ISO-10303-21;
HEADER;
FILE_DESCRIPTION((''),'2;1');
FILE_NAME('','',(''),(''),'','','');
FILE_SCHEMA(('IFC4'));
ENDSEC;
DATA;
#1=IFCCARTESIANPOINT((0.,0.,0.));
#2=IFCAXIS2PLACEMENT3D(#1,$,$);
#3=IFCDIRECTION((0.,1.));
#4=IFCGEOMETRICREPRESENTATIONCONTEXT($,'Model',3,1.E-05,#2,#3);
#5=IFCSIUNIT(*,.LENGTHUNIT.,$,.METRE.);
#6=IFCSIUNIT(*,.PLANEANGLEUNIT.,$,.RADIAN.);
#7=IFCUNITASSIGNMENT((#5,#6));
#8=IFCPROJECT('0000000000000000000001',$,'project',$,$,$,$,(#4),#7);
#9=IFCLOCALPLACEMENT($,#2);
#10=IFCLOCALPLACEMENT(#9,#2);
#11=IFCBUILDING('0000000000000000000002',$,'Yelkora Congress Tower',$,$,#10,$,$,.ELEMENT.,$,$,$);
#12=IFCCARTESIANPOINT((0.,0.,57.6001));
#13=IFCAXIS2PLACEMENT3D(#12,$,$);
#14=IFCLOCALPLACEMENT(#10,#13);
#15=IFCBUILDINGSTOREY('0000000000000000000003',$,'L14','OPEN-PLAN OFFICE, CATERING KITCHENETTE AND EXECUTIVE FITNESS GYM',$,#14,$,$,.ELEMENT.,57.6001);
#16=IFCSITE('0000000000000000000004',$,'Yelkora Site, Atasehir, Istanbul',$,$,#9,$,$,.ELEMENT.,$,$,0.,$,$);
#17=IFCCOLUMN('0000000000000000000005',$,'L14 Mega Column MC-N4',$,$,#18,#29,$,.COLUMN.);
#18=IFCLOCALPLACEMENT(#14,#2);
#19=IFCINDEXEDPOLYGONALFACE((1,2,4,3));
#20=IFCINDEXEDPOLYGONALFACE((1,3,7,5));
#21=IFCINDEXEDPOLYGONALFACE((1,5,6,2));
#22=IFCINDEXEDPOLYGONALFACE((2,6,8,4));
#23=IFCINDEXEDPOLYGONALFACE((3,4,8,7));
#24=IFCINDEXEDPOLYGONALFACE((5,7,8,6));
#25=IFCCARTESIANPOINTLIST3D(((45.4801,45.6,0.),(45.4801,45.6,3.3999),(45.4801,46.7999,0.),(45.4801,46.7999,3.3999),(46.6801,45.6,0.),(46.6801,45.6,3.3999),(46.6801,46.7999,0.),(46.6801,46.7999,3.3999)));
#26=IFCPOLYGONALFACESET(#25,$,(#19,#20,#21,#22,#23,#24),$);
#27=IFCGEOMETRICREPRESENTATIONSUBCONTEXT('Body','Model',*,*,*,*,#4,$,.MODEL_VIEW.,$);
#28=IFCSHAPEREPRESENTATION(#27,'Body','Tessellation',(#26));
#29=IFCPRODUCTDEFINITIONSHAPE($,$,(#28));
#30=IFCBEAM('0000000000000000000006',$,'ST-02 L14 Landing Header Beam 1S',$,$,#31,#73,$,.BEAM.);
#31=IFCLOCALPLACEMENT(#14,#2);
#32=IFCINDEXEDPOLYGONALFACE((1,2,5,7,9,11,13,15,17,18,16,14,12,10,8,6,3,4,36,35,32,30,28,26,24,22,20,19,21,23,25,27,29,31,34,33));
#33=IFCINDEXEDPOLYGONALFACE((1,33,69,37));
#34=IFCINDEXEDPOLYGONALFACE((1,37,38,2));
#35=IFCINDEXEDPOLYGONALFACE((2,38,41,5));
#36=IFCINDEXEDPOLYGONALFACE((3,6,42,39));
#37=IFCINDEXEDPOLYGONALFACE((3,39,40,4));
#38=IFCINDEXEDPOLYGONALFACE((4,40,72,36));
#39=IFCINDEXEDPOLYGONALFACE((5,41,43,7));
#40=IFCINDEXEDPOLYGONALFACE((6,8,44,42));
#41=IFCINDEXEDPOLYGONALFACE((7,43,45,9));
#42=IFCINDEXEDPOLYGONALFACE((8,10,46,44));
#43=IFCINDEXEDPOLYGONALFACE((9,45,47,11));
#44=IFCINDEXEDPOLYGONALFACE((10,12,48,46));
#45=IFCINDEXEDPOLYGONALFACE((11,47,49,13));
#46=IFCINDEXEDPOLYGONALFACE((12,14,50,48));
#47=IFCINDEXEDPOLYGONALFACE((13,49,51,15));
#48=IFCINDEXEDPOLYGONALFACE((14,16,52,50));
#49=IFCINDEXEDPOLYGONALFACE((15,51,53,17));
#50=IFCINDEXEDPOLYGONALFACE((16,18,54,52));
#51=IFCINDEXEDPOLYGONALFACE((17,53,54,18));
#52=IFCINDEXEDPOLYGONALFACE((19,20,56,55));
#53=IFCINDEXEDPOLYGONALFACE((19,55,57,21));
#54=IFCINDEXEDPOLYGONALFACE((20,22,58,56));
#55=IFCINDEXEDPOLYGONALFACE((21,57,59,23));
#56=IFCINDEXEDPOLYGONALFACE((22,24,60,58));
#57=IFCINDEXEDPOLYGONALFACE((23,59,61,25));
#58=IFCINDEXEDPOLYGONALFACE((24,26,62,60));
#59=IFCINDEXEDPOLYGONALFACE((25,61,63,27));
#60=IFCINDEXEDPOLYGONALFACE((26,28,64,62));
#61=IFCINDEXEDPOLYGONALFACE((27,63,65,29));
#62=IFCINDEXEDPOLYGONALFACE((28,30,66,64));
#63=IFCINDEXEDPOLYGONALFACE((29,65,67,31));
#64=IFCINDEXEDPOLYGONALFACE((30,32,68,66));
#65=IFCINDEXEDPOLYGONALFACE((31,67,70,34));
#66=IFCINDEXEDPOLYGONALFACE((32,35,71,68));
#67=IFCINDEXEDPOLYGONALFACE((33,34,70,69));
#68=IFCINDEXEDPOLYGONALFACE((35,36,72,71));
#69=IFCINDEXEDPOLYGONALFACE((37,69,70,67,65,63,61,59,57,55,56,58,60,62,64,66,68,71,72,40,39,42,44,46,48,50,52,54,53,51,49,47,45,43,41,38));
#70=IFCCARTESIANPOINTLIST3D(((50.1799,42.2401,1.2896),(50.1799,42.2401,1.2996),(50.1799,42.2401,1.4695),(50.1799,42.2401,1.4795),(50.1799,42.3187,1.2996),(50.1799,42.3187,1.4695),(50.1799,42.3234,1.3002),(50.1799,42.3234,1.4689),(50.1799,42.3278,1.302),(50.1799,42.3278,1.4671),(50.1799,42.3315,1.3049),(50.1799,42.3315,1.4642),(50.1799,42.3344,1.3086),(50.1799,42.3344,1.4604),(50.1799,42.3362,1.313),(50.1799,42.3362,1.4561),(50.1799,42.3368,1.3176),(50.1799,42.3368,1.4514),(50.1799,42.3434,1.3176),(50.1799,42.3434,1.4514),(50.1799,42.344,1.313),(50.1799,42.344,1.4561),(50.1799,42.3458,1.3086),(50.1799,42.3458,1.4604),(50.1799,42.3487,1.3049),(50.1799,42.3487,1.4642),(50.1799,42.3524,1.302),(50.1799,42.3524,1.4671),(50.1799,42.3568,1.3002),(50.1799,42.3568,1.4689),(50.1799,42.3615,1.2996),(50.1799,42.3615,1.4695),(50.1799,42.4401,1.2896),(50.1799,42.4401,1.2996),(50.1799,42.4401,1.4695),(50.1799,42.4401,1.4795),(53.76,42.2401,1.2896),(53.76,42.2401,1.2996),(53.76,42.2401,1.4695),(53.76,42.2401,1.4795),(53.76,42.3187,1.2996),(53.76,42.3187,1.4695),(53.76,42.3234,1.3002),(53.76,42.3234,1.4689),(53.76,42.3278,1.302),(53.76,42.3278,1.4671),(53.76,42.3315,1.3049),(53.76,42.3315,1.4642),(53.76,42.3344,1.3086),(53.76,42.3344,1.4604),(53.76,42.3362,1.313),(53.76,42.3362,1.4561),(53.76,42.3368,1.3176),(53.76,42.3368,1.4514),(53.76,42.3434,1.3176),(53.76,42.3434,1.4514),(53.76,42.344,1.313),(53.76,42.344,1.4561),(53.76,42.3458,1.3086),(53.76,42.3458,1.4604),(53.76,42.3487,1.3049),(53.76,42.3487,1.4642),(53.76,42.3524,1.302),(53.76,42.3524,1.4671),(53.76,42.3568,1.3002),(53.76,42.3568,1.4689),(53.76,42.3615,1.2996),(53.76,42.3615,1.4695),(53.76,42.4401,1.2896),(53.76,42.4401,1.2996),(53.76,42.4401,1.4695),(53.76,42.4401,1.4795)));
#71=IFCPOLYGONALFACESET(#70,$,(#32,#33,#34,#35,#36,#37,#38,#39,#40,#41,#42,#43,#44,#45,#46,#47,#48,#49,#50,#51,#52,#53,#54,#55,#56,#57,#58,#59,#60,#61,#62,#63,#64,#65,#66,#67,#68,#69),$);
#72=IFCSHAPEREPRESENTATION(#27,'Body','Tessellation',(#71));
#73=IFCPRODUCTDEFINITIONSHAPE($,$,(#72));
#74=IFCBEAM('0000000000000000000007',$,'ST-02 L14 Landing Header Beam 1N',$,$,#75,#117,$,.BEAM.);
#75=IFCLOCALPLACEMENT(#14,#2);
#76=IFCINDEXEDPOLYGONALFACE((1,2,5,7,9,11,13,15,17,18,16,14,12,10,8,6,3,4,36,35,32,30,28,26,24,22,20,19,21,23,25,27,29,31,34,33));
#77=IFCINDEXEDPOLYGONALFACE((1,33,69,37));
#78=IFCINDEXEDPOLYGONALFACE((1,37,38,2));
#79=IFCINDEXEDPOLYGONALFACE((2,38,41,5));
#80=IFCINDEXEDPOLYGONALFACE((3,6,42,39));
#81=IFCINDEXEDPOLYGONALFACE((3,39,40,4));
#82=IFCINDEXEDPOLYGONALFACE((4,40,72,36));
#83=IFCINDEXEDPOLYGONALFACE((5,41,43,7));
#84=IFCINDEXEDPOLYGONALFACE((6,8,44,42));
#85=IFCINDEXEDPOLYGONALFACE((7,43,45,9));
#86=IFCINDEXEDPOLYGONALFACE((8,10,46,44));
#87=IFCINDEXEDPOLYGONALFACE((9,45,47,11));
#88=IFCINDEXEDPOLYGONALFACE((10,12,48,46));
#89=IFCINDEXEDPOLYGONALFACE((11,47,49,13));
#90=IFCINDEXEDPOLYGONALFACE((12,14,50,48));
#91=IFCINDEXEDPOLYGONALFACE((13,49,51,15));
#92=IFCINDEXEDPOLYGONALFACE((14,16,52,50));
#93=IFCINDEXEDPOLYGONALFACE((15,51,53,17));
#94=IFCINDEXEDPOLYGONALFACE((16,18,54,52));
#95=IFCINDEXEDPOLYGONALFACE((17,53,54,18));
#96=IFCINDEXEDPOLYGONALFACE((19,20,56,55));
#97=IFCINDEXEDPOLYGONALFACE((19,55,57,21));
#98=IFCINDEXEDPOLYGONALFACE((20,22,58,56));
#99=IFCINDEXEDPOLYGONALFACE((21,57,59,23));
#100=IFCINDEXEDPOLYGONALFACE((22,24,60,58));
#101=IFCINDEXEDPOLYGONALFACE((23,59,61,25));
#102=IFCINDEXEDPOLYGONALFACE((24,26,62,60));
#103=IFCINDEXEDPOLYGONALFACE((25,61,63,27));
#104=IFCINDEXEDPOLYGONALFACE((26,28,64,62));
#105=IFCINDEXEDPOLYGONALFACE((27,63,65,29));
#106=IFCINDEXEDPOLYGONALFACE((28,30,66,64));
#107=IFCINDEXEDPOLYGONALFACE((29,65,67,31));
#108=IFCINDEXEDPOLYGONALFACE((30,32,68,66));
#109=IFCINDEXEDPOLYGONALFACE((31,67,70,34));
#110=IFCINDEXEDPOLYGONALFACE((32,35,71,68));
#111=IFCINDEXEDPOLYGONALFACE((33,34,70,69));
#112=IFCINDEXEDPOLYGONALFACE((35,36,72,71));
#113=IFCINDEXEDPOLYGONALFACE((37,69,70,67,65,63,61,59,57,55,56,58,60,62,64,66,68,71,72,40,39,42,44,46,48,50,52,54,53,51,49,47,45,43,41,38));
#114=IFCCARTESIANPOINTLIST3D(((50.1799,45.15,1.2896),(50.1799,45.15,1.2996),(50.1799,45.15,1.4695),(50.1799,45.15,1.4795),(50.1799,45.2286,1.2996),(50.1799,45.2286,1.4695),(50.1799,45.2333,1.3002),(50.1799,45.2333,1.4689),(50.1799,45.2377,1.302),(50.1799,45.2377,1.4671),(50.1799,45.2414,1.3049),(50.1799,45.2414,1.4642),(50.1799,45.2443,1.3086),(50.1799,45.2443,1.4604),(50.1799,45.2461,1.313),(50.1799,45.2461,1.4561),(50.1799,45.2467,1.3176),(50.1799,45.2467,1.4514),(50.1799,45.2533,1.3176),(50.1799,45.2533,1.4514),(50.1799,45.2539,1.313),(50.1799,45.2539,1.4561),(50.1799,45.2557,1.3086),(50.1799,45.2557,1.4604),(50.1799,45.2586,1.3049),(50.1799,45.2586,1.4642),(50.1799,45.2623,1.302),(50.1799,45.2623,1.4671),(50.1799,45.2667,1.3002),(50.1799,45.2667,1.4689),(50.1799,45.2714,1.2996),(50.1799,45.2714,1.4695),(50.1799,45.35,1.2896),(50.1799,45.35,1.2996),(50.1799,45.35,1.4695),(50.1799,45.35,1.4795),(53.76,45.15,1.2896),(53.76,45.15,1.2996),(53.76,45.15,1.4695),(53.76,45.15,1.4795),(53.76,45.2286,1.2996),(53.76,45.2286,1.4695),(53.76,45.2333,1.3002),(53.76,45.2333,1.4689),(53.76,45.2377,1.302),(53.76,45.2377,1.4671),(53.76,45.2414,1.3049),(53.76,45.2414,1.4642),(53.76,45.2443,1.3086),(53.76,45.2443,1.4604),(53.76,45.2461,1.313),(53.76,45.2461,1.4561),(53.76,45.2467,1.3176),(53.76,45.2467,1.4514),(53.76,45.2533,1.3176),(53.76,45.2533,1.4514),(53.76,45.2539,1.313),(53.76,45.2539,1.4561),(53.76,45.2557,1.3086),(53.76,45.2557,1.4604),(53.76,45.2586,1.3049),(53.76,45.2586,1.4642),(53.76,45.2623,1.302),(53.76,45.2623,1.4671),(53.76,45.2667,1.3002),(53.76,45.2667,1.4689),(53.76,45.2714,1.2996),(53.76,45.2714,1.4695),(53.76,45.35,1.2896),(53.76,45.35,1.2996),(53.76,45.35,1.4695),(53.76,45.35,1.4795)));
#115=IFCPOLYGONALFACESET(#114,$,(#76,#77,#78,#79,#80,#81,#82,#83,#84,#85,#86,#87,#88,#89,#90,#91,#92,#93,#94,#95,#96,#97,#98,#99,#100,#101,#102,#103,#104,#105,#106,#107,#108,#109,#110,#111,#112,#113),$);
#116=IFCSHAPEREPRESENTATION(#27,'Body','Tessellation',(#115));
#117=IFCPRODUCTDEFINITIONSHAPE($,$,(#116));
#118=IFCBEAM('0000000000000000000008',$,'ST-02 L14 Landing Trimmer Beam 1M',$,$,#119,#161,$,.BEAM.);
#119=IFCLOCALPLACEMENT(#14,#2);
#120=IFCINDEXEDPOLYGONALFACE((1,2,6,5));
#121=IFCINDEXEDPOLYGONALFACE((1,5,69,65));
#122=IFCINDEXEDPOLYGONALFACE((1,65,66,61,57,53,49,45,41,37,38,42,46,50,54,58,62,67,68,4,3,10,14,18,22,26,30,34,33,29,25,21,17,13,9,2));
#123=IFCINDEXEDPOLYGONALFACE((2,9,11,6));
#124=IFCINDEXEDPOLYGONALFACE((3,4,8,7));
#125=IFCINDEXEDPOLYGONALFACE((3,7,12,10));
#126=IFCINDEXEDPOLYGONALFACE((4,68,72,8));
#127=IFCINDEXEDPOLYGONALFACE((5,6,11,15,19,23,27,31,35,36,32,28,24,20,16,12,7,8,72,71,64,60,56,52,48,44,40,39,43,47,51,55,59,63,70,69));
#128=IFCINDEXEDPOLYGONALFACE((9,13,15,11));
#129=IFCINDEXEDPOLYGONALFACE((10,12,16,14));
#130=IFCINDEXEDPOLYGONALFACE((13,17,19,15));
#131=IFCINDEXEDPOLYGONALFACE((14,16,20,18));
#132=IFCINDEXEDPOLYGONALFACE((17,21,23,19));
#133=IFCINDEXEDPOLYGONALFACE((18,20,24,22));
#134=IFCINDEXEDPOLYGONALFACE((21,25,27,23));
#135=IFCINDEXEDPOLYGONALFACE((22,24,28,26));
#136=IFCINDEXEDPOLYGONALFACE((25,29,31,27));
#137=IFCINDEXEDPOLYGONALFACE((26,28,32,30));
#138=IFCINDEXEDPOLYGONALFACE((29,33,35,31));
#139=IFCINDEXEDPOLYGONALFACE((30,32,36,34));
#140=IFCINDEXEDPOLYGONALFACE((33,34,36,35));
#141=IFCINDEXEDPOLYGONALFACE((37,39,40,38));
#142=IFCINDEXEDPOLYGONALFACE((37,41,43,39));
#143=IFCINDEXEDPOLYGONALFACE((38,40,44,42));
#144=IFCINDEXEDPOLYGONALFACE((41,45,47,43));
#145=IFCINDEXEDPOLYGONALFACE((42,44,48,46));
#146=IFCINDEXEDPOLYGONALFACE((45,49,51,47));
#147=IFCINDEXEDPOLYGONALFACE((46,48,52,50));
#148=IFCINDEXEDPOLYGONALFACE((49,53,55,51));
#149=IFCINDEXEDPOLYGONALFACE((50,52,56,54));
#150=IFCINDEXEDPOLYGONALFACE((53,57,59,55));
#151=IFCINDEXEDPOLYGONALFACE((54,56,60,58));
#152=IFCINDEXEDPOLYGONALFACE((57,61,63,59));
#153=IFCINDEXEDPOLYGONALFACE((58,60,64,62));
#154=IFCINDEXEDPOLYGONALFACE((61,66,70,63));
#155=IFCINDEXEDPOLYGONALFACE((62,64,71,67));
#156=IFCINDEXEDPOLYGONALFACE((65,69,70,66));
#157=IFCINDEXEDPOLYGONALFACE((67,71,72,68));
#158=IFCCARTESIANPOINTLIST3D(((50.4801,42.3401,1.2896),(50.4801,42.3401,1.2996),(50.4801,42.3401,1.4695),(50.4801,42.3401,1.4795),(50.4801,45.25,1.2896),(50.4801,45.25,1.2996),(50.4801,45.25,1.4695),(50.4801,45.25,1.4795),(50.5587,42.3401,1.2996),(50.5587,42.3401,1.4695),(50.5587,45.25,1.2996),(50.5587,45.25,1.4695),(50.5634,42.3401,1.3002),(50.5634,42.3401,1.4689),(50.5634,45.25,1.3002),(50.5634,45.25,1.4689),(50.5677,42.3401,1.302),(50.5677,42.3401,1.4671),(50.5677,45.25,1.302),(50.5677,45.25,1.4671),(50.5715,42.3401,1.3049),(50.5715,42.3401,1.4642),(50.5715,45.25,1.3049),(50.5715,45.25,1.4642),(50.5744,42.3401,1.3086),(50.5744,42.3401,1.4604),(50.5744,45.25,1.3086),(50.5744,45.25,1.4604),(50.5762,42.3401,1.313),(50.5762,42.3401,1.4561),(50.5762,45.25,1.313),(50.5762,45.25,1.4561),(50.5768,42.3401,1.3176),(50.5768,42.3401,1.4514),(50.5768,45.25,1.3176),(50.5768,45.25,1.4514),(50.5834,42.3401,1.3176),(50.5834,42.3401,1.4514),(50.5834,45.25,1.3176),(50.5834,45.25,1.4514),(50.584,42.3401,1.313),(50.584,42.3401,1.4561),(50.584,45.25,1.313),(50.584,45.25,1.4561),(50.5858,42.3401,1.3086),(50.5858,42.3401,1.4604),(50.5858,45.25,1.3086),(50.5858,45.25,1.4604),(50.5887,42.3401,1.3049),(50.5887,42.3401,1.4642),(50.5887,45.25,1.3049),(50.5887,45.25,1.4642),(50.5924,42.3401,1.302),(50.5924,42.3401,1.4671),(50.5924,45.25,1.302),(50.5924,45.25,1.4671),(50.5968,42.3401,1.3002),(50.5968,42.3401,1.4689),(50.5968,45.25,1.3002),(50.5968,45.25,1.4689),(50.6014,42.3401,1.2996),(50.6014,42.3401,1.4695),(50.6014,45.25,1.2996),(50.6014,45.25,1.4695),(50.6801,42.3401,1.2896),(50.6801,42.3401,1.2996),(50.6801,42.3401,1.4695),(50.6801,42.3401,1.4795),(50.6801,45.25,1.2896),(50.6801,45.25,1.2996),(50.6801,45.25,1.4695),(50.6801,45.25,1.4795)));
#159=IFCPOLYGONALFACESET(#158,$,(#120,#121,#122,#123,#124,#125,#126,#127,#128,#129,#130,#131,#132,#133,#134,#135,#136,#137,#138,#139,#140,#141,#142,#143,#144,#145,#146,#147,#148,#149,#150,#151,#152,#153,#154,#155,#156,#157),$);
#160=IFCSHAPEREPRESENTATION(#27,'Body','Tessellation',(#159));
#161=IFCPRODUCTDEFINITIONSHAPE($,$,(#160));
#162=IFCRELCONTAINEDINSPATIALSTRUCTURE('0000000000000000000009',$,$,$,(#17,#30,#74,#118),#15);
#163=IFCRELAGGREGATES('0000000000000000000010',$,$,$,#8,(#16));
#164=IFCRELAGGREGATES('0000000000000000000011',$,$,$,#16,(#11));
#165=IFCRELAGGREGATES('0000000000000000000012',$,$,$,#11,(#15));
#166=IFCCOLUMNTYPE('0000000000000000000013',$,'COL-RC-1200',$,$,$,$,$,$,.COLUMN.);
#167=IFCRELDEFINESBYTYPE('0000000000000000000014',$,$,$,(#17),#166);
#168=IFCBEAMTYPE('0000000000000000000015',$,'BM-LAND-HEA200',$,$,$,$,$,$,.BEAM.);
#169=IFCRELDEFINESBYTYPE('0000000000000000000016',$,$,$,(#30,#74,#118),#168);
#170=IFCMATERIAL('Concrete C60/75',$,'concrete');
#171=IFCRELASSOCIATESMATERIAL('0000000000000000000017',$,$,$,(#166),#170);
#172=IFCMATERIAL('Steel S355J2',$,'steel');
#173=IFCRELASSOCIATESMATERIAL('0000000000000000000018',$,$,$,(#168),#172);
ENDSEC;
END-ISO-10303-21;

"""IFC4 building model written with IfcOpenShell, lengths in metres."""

from ifc_helpers import new_model, si_unit, direction, frame, origin, origin_2d, place, context, subcontext, project, spatial, rectangle, i_section, extrude, material, material_profile, profile_set, type_object, element, save


model = new_model("IFC4")

# Units and contexts
model_context = context("Model", 3, precision=1e-05, world=origin(), true_north=direction((0.0, 1.0)))
body_context = subcontext(model_context, "Body", "Model", "MODEL_VIEW")
ifc_project = project(units=[si_unit("LENGTHUNIT", "METRE"), si_unit("PLANEANGLEUNIT", "RADIAN")], contexts=[model_context])

# Site, building, storey
site_placement = place(None, origin())
site = spatial("IfcSite", under=ifc_project, at=site_placement, Name="Yelkora Site, Atasehir, Istanbul", CompositionType="ELEMENT", RefElevation=0.0)
building_placement = place(site_placement, origin())
building = spatial("IfcBuilding", under=site, at=building_placement, Name="Yelkora Congress Tower", CompositionType="ELEMENT")
storey_placement = place(building_placement, frame((0.0, 0.0, 57.6001)))
storey = spatial("IfcBuildingStorey", under=building, at=storey_placement, Name="L14", Description="OPEN-PLAN OFFICE, CATERING KITCHENETTE AND EXECUTIVE FITNESS GYM", CompositionType="ELEMENT", Elevation=57.6001)

# Column
ifc_material_1 = material(Name="Concrete C60/75", Category="concrete")
ifc_material_profile_1 = material_profile(ifc_material_1, rectangle(XDim=1.2, YDim=1.2, at=origin_2d()), Name="RC 1200x1200")
ifc_profile_set_1 = profile_set([ifc_material_profile_1], Name="Concrete C60/75")
column_type = type_object("IfcColumnType", Name="COL-RC-1200", PredefinedType="COLUMN", material=ifc_profile_set_1)
column_placement = place(storey_placement, frame((46.0801, 46.2, 0.0), z_axis=(0.0, 0.0, 1.0), x_axis=(1.0, 0.0, 0.0)))
element("IfcColumn", 1, at=column_placement, inside=storey, type_object=column_type, Name="L14 Mega Column MC-N4", PredefinedType="COLUMN", context=body_context, shape_type="SweptSolid", body=[
    extrude(rectangle(XDim=1.2, YDim=1.2, at=origin_2d()), origin(), (0.0, 0.0, 1.0), 3.3999),
])

# Beams
ifc_material_2 = material(Name="Steel S355J2", Category="steel")
ifc_material_profile_2 = material_profile(ifc_material_2, i_section(OverallWidth=0.2, OverallDepth=0.1899, WebThickness=0.0066, FlangeThickness=0.01, FilletRadius=0.0181, at=origin_2d()), Name="HEA 200")
ifc_profile_set_2 = profile_set([ifc_material_profile_2], Name="Steel S355J2")
beam_type = type_object("IfcBeamType", Name="BM-LAND-HEA200", PredefinedType="BEAM", material=ifc_profile_set_2)
for number, where, z_axis, x_axis, name in (
    (2, (50.1799, 42.3401, 1.3845), (1.0, 0.0, 0.0), (0.0, 1.0, 0.0), "ST-02 L14 Landing Header Beam 1S"),
    (3, (50.1799, 45.25, 1.3845), (1.0, 0.0, 0.0), (0.0, 1.0, 0.0), "ST-02 L14 Landing Header Beam 1N"),
):
    element("IfcBeam", number, at=place(storey_placement, frame(where, z_axis=z_axis, x_axis=x_axis)), inside=storey, type_object=beam_type, Name=name, PredefinedType="BEAM", context=body_context, shape_type="SweptSolid", body=[
        extrude(i_section(OverallWidth=0.2, OverallDepth=0.1899, WebThickness=0.0066, FlangeThickness=0.01, FilletRadius=0.0181, at=origin_2d()), origin(), (0.0, 0.0, 1.0), 3.5801),
    ])
beam_1_placement = place(storey_placement, frame((50.5801, 42.3401, 1.3845), z_axis=(0.0, 1.0, 0.0), x_axis=(-1.0, 0.0, 0.0)))
element("IfcBeam", 4, at=beam_1_placement, inside=storey, type_object=beam_type, Name="ST-02 L14 Landing Trimmer Beam 1M", PredefinedType="BEAM", context=body_context, shape_type="SweptSolid", body=[
    extrude(i_section(OverallWidth=0.2, OverallDepth=0.1899, WebThickness=0.0066, FlangeThickness=0.01, FilletRadius=0.0181, at=origin_2d()), origin(), (0.0, 0.0, 1.0), 2.9099),
])

save(model, "model.ifc")
